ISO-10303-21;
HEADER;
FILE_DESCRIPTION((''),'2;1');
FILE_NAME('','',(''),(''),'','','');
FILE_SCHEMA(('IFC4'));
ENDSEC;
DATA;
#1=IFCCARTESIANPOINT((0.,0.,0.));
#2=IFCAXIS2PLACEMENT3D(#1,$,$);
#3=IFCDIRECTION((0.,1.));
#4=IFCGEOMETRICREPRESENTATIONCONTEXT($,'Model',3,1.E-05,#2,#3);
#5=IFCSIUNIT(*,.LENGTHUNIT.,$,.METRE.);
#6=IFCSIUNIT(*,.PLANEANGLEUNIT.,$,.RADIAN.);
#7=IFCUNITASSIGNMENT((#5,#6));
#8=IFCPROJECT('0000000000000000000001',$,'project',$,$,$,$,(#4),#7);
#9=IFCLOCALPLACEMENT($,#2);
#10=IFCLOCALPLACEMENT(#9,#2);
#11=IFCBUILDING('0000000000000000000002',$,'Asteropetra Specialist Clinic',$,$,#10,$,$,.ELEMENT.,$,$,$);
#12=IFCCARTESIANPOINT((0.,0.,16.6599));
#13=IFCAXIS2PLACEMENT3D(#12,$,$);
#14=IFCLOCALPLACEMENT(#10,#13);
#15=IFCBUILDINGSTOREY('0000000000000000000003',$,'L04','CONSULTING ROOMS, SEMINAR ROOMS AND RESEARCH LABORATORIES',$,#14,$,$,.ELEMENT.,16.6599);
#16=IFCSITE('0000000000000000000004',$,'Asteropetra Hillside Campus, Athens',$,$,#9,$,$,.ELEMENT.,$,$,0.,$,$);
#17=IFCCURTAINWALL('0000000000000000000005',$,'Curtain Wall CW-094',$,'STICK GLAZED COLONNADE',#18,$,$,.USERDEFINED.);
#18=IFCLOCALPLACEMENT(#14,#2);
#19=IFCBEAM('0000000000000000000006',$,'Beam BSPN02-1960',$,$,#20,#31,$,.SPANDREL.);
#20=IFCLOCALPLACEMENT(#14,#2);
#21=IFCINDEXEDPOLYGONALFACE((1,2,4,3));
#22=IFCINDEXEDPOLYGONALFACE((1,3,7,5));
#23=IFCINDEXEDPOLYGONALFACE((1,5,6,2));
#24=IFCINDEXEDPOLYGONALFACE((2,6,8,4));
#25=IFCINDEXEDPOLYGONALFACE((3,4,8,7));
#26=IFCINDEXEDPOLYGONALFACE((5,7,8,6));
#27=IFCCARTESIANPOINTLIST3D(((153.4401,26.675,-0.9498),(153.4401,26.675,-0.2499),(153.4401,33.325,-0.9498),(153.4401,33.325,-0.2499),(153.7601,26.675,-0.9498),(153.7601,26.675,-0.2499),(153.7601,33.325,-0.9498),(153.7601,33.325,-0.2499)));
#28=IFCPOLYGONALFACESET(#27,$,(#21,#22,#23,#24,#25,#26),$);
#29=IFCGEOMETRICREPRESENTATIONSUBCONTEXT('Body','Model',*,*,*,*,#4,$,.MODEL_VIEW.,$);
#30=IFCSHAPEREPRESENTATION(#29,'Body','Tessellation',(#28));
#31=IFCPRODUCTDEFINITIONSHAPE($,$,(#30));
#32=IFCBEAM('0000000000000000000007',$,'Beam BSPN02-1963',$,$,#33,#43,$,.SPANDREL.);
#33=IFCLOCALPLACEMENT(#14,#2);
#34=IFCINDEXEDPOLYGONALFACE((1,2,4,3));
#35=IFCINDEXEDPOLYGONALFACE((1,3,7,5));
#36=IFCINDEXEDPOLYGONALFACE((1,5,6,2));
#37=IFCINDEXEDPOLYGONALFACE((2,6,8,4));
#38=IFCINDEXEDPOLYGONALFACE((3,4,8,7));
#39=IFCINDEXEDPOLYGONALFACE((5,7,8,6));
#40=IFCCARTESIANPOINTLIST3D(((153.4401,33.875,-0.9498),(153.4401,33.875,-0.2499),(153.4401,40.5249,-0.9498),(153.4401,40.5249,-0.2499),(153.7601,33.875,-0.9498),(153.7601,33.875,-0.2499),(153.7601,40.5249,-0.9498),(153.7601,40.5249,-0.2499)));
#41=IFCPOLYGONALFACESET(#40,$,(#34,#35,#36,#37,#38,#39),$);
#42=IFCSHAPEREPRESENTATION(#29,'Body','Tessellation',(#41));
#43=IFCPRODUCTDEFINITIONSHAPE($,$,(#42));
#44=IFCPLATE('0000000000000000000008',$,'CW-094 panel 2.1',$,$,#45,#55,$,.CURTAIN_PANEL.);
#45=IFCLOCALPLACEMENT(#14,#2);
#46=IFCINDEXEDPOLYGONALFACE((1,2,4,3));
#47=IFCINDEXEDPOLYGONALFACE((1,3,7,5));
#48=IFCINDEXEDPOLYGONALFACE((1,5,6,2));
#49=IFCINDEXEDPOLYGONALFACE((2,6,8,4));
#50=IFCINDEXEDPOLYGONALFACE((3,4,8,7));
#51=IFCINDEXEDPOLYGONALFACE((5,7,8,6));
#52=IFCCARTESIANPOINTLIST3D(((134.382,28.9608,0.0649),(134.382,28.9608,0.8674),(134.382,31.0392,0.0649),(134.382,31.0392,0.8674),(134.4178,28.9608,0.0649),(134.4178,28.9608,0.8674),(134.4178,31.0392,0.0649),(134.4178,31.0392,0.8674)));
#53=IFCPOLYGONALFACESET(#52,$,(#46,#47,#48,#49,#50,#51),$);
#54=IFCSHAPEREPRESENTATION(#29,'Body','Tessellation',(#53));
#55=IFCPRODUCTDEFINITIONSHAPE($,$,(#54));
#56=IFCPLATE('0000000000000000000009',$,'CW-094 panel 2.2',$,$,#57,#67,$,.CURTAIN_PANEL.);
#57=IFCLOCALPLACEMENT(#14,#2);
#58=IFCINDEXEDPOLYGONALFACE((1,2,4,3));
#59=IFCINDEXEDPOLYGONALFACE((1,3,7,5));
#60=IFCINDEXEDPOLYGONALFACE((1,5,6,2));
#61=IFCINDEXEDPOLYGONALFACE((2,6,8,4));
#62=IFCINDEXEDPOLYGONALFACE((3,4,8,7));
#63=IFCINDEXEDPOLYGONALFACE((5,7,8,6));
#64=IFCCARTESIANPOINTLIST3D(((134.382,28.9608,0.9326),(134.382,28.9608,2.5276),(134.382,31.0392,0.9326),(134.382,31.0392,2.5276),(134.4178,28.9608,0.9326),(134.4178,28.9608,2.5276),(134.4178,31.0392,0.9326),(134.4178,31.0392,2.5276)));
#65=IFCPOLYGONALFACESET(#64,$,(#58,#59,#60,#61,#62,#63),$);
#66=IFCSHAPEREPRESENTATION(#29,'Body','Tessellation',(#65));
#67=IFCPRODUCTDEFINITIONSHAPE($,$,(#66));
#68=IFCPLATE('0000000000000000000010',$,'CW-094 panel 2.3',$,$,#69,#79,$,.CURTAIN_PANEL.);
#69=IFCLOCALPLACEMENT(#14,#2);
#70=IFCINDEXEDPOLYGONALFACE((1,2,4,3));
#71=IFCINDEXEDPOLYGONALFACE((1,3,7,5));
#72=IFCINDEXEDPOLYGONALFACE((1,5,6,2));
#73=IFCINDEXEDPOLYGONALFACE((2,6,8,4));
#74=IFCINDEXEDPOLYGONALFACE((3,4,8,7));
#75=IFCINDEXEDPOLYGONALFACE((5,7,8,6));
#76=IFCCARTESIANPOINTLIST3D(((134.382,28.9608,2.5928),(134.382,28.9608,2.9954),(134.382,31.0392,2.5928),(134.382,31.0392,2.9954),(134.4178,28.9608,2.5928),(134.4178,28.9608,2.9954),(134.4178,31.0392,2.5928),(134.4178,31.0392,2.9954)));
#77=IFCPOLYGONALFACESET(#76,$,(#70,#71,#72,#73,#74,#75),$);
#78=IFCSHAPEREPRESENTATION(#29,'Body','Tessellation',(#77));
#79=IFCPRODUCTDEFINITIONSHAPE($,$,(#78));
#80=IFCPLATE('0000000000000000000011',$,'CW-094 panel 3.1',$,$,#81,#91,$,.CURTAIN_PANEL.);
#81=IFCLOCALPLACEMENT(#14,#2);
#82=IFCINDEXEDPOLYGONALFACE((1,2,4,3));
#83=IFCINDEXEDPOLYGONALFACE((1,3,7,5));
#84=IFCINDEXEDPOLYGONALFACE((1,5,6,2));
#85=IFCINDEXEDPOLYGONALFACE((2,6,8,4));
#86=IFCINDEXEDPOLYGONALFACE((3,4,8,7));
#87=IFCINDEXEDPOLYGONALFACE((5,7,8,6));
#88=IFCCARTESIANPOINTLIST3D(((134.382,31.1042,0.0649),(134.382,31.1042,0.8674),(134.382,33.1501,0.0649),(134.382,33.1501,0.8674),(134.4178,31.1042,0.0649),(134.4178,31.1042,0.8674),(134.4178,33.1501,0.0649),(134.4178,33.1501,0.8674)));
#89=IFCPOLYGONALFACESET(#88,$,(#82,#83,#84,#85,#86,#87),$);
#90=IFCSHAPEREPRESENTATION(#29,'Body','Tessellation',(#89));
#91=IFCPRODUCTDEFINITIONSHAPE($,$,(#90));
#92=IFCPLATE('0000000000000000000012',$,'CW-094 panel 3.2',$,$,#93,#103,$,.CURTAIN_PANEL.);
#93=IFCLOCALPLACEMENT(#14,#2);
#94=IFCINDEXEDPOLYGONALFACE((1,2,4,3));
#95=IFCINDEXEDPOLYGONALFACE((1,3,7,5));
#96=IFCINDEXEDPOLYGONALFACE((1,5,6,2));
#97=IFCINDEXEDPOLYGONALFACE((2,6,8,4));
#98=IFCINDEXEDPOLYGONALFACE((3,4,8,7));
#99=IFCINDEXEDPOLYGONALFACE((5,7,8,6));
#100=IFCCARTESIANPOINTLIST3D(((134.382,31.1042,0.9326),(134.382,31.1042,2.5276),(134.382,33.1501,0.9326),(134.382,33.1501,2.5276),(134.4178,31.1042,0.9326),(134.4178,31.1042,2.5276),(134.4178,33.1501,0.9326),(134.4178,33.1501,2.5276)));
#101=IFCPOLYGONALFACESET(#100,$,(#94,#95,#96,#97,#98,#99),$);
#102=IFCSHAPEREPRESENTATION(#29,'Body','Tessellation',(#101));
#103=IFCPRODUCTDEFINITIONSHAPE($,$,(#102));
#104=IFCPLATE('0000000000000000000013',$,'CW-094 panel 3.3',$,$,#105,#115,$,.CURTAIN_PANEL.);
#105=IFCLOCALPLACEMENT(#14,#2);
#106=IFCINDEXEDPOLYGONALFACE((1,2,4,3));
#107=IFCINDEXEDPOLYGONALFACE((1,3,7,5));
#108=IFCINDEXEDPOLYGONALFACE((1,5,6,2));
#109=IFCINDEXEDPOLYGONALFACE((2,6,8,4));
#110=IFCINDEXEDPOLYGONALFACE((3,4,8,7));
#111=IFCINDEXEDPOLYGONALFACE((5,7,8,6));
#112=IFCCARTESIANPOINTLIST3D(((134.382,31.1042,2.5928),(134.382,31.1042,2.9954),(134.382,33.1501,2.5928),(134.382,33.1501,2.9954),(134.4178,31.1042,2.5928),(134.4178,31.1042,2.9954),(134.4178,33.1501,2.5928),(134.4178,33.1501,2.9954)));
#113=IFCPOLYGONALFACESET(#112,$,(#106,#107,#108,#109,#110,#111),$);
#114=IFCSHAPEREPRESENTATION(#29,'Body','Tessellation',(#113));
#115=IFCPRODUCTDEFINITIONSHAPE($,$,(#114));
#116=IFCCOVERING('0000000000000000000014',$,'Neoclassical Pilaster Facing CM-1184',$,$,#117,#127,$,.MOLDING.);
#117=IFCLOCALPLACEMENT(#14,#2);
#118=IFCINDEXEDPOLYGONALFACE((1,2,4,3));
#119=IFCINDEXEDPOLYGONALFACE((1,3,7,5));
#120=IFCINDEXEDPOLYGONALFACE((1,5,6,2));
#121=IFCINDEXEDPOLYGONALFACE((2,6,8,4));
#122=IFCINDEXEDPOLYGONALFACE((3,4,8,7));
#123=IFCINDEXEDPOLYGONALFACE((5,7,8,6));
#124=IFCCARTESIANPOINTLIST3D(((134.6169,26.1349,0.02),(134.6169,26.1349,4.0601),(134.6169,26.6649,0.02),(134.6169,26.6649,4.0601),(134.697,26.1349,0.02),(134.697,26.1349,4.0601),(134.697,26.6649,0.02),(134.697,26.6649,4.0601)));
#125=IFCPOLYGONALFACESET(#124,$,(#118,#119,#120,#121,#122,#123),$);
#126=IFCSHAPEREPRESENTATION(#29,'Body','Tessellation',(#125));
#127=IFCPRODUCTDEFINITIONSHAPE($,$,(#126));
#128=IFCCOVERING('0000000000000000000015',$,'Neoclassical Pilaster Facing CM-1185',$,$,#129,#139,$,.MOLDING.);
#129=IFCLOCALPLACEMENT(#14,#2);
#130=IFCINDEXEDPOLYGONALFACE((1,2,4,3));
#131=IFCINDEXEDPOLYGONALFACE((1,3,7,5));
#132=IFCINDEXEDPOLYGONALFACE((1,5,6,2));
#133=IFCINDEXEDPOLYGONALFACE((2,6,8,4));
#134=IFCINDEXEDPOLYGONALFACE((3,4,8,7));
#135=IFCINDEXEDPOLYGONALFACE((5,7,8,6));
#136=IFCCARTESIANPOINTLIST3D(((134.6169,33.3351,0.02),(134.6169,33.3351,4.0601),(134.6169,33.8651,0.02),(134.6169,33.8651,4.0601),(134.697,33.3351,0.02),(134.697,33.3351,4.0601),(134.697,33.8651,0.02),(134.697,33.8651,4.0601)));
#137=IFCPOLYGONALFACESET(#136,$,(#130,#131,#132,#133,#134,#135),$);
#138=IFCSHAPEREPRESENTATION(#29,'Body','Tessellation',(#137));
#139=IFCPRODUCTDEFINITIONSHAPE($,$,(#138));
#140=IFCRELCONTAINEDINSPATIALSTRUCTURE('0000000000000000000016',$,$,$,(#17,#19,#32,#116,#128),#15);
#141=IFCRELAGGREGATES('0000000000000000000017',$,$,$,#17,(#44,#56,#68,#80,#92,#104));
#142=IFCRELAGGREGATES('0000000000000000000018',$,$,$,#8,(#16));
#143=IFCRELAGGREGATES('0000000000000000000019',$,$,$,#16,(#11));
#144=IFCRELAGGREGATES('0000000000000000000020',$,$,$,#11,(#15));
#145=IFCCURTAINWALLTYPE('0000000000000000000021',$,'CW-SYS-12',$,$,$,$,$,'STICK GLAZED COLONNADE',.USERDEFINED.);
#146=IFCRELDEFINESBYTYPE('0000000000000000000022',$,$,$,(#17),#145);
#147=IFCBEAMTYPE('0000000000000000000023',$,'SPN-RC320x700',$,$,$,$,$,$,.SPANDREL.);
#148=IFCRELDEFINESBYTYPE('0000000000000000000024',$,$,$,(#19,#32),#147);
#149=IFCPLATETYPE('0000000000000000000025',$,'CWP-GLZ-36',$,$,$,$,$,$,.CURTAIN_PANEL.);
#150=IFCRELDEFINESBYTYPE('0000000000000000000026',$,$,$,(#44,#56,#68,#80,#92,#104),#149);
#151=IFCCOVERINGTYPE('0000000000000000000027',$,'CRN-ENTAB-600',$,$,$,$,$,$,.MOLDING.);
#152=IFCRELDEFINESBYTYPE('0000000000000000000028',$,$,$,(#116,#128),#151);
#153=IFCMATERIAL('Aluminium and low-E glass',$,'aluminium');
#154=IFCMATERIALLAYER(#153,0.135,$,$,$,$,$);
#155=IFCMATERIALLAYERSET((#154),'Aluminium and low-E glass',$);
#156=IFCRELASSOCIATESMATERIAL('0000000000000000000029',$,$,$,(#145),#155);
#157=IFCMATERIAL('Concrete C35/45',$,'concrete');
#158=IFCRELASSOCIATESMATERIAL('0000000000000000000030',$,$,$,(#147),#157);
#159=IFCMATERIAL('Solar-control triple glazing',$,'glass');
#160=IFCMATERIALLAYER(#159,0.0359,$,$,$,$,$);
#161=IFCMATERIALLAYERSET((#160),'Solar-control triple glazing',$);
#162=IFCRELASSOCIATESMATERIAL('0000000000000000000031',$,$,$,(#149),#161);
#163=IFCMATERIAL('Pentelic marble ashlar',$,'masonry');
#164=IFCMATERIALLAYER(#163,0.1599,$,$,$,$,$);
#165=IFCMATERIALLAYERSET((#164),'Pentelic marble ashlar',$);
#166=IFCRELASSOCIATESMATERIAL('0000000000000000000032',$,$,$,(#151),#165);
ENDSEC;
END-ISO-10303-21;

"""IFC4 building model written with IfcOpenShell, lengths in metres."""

from ifc_helpers import new_model, si_unit, direction, frame, origin, origin_2d, place, context, subcontext, project, spatial, rectangle, extrude, material, layer, layer_set, material_profile, profile_set, type_object, element, aggregate, save


model = new_model("IFC4")

# Units and contexts
model_context = context("Model", 3, precision=1e-05, world=origin(), true_north=direction((0.0, 1.0)))
body_context = subcontext(model_context, "Body", "Model", "MODEL_VIEW")
ifc_project = project(units=[si_unit("LENGTHUNIT", "METRE"), si_unit("PLANEANGLEUNIT", "RADIAN")], contexts=[model_context])

# Site, building, storey
site_placement = place(None, origin())
site = spatial("IfcSite", under=ifc_project, at=site_placement, Name="Asteropetra Hillside Campus, Athens", CompositionType="ELEMENT", RefElevation=0.0)
building_placement = place(site_placement, origin())
building = spatial("IfcBuilding", under=site, at=building_placement, Name="Asteropetra Specialist Clinic", CompositionType="ELEMENT")
storey_placement = place(building_placement, frame((0.0, 0.0, 16.6599)))
storey = spatial("IfcBuildingStorey", under=building, at=storey_placement, Name="L04", Description="CONSULTING ROOMS, SEMINAR ROOMS AND RESEARCH LABORATORIES", CompositionType="ELEMENT", Elevation=16.6599)

# Curtain wall
ifc_material_1 = material(Name="Aluminium and low-E glass", Category="aluminium")
ifc_layer_1 = layer(ifc_material_1, 0.135)
ifc_layer_set_1 = layer_set([ifc_layer_1], Name="Aluminium and low-E glass")
curtain_wall_type = type_object("IfcCurtainWallType", Name="CW-SYS-12", ElementType="STICK GLAZED COLONNADE", PredefinedType="USERDEFINED", material=ifc_layer_set_1)
curtain_wall_placement = place(storey_placement, origin())
curtain_wall = element("IfcCurtainWall", 1, at=curtain_wall_placement, inside=storey, type_object=curtain_wall_type, Name="Curtain Wall CW-094", ObjectType="STICK GLAZED COLONNADE", PredefinedType="USERDEFINED")

# Beams
ifc_material_2 = material(Name="Concrete C35/45", Category="concrete")
ifc_material_profile_1 = material_profile(ifc_material_2, rectangle(XDim=0.3201, YDim=0.7, at=origin_2d()), Name="RCS 320x700")
ifc_profile_set_1 = profile_set([ifc_material_profile_1], Name="Concrete C35/45")
beam_type_1 = type_object("IfcBeamType", Name="SPN-RC320x700", PredefinedType="SPANDREL", material=ifc_profile_set_1)
for number, where, z_axis, x_axis, name in (
    (2, (153.6001, 26.675, -0.5999), (0.0, 1.0, 0.0), (-1.0, 0.0, 0.0), "Beam BSPN02-1960"),
    (3, (153.6001, 33.875, -0.5999), (0.0, 1.0, 0.0), (-1.0, 0.0, 0.0), "Beam BSPN02-1963"),
):
    element("IfcBeam", number, at=place(storey_placement, frame(where, z_axis=z_axis, x_axis=x_axis)), inside=storey, type_object=beam_type_1, Name=name, PredefinedType="SPANDREL", context=body_context, shape_type="SweptSolid", body=[
        extrude(rectangle(XDim=0.3201, YDim=0.7, at=origin_2d()), origin(), (0.0, 0.0, 1.0), 6.6499),
    ])

# Plates
ifc_material_3 = material(Name="Solar-control triple glazing", Category="glass")
ifc_layer_2 = layer(ifc_material_3, 0.0359)
ifc_layer_set_2 = layer_set([ifc_layer_2], Name="Solar-control triple glazing")
plate_type = type_object("IfcPlateType", Name="CWP-GLZ-36", PredefinedType="CURTAIN_PANEL", material=ifc_layer_set_2)
plate_1_placement = place(storey_placement, frame((134.3999, 30.0, 0.0649), z_axis=(0.0, 0.0, 1.0), x_axis=(0.0, 1.0, 0.0)))
plate_1 = element("IfcPlate", 4, at=plate_1_placement, type_object=plate_type, Name="CW-094 panel 2.1", PredefinedType="CURTAIN_PANEL", context=body_context, shape_type="SweptSolid", body=[
    extrude(rectangle(XDim=2.0784, YDim=0.0359, at=origin_2d()), origin(), (0.0, 0.0, 1.0), 0.8025),
])
plate_2_placement = place(storey_placement, frame((134.3999, 30.0, 0.9326), z_axis=(0.0, 0.0, 1.0), x_axis=(0.0, 1.0, 0.0)))
plate_2 = element("IfcPlate", 5, at=plate_2_placement, type_object=plate_type, Name="CW-094 panel 2.2", PredefinedType="CURTAIN_PANEL", context=body_context, shape_type="SweptSolid", body=[
    extrude(rectangle(XDim=2.0784, YDim=0.0359, at=origin_2d()), origin(), (0.0, 0.0, 1.0), 1.595),
])
plate_3_placement = place(storey_placement, frame((134.3999, 30.0, 2.5928), z_axis=(0.0, 0.0, 1.0), x_axis=(0.0, 1.0, 0.0)))
plate_3 = element("IfcPlate", 6, at=plate_3_placement, type_object=plate_type, Name="CW-094 panel 2.3", PredefinedType="CURTAIN_PANEL", context=body_context, shape_type="SweptSolid", body=[
    extrude(rectangle(XDim=2.0784, YDim=0.0359, at=origin_2d()), origin(), (0.0, 0.0, 1.0), 0.4026),
])
plate_4_placement = place(storey_placement, frame((134.3999, 32.1272, 0.0649), z_axis=(0.0, 0.0, 1.0), x_axis=(0.0, 1.0, 0.0)))
plate_4 = element("IfcPlate", 7, at=plate_4_placement, type_object=plate_type, Name="CW-094 panel 3.1", PredefinedType="CURTAIN_PANEL", context=body_context, shape_type="SweptSolid", body=[
    extrude(rectangle(XDim=2.0459, YDim=0.0359, at=origin_2d()), origin(), (0.0, 0.0, 1.0), 0.8025),
])
plate_5_placement = place(storey_placement, frame((134.3999, 32.1272, 0.9326), z_axis=(0.0, 0.0, 1.0), x_axis=(0.0, 1.0, 0.0)))
plate_5 = element("IfcPlate", 8, at=plate_5_placement, type_object=plate_type, Name="CW-094 panel 3.2", PredefinedType="CURTAIN_PANEL", context=body_context, shape_type="SweptSolid", body=[
    extrude(rectangle(XDim=2.0459, YDim=0.0359, at=origin_2d()), origin(), (0.0, 0.0, 1.0), 1.595),
])
plate_6_placement = place(storey_placement, frame((134.3999, 32.1272, 2.5928), z_axis=(0.0, 0.0, 1.0), x_axis=(0.0, 1.0, 0.0)))
plate_6 = element("IfcPlate", 9, at=plate_6_placement, type_object=plate_type, Name="CW-094 panel 3.3", PredefinedType="CURTAIN_PANEL", context=body_context, shape_type="SweptSolid", body=[
    extrude(rectangle(XDim=2.0459, YDim=0.0359, at=origin_2d()), origin(), (0.0, 0.0, 1.0), 0.4026),
])
aggregate(curtain_wall, [plate_1, plate_2, plate_3, plate_4, plate_5, plate_6])

# Coverings
ifc_material_4 = material(Name="Pentelic marble ashlar", Category="masonry")
ifc_layer_3 = layer(ifc_material_4, 0.1599)
ifc_layer_set_3 = layer_set([ifc_layer_3], Name="Pentelic marble ashlar")
covering_type = type_object("IfcCoveringType", Name="CRN-ENTAB-600", PredefinedType="MOLDING", material=ifc_layer_set_3)
for number, where, z_axis, x_axis, name in (
    (10, (134.657, 26.3999, 0.02), (0.0, 0.0, 1.0), (1.0, 0.0, 0.0), "Neoclassical Pilaster Facing CM-1184"),
    (11, (134.657, 33.6001, 0.02), (0.0, 0.0, 1.0), (1.0, 0.0, 0.0), "Neoclassical Pilaster Facing CM-1185"),
):
    element("IfcCovering", number, at=place(storey_placement, frame(where, z_axis=z_axis, x_axis=x_axis)), inside=storey, type_object=covering_type, Name=name, PredefinedType="MOLDING", context=body_context, shape_type="SweptSolid", body=[
        extrude(rectangle(XDim=0.0801, YDim=0.53, at=origin_2d()), origin(), (0.0, 0.0, 1.0), 4.04),
    ])

save(model, "model.ifc")
